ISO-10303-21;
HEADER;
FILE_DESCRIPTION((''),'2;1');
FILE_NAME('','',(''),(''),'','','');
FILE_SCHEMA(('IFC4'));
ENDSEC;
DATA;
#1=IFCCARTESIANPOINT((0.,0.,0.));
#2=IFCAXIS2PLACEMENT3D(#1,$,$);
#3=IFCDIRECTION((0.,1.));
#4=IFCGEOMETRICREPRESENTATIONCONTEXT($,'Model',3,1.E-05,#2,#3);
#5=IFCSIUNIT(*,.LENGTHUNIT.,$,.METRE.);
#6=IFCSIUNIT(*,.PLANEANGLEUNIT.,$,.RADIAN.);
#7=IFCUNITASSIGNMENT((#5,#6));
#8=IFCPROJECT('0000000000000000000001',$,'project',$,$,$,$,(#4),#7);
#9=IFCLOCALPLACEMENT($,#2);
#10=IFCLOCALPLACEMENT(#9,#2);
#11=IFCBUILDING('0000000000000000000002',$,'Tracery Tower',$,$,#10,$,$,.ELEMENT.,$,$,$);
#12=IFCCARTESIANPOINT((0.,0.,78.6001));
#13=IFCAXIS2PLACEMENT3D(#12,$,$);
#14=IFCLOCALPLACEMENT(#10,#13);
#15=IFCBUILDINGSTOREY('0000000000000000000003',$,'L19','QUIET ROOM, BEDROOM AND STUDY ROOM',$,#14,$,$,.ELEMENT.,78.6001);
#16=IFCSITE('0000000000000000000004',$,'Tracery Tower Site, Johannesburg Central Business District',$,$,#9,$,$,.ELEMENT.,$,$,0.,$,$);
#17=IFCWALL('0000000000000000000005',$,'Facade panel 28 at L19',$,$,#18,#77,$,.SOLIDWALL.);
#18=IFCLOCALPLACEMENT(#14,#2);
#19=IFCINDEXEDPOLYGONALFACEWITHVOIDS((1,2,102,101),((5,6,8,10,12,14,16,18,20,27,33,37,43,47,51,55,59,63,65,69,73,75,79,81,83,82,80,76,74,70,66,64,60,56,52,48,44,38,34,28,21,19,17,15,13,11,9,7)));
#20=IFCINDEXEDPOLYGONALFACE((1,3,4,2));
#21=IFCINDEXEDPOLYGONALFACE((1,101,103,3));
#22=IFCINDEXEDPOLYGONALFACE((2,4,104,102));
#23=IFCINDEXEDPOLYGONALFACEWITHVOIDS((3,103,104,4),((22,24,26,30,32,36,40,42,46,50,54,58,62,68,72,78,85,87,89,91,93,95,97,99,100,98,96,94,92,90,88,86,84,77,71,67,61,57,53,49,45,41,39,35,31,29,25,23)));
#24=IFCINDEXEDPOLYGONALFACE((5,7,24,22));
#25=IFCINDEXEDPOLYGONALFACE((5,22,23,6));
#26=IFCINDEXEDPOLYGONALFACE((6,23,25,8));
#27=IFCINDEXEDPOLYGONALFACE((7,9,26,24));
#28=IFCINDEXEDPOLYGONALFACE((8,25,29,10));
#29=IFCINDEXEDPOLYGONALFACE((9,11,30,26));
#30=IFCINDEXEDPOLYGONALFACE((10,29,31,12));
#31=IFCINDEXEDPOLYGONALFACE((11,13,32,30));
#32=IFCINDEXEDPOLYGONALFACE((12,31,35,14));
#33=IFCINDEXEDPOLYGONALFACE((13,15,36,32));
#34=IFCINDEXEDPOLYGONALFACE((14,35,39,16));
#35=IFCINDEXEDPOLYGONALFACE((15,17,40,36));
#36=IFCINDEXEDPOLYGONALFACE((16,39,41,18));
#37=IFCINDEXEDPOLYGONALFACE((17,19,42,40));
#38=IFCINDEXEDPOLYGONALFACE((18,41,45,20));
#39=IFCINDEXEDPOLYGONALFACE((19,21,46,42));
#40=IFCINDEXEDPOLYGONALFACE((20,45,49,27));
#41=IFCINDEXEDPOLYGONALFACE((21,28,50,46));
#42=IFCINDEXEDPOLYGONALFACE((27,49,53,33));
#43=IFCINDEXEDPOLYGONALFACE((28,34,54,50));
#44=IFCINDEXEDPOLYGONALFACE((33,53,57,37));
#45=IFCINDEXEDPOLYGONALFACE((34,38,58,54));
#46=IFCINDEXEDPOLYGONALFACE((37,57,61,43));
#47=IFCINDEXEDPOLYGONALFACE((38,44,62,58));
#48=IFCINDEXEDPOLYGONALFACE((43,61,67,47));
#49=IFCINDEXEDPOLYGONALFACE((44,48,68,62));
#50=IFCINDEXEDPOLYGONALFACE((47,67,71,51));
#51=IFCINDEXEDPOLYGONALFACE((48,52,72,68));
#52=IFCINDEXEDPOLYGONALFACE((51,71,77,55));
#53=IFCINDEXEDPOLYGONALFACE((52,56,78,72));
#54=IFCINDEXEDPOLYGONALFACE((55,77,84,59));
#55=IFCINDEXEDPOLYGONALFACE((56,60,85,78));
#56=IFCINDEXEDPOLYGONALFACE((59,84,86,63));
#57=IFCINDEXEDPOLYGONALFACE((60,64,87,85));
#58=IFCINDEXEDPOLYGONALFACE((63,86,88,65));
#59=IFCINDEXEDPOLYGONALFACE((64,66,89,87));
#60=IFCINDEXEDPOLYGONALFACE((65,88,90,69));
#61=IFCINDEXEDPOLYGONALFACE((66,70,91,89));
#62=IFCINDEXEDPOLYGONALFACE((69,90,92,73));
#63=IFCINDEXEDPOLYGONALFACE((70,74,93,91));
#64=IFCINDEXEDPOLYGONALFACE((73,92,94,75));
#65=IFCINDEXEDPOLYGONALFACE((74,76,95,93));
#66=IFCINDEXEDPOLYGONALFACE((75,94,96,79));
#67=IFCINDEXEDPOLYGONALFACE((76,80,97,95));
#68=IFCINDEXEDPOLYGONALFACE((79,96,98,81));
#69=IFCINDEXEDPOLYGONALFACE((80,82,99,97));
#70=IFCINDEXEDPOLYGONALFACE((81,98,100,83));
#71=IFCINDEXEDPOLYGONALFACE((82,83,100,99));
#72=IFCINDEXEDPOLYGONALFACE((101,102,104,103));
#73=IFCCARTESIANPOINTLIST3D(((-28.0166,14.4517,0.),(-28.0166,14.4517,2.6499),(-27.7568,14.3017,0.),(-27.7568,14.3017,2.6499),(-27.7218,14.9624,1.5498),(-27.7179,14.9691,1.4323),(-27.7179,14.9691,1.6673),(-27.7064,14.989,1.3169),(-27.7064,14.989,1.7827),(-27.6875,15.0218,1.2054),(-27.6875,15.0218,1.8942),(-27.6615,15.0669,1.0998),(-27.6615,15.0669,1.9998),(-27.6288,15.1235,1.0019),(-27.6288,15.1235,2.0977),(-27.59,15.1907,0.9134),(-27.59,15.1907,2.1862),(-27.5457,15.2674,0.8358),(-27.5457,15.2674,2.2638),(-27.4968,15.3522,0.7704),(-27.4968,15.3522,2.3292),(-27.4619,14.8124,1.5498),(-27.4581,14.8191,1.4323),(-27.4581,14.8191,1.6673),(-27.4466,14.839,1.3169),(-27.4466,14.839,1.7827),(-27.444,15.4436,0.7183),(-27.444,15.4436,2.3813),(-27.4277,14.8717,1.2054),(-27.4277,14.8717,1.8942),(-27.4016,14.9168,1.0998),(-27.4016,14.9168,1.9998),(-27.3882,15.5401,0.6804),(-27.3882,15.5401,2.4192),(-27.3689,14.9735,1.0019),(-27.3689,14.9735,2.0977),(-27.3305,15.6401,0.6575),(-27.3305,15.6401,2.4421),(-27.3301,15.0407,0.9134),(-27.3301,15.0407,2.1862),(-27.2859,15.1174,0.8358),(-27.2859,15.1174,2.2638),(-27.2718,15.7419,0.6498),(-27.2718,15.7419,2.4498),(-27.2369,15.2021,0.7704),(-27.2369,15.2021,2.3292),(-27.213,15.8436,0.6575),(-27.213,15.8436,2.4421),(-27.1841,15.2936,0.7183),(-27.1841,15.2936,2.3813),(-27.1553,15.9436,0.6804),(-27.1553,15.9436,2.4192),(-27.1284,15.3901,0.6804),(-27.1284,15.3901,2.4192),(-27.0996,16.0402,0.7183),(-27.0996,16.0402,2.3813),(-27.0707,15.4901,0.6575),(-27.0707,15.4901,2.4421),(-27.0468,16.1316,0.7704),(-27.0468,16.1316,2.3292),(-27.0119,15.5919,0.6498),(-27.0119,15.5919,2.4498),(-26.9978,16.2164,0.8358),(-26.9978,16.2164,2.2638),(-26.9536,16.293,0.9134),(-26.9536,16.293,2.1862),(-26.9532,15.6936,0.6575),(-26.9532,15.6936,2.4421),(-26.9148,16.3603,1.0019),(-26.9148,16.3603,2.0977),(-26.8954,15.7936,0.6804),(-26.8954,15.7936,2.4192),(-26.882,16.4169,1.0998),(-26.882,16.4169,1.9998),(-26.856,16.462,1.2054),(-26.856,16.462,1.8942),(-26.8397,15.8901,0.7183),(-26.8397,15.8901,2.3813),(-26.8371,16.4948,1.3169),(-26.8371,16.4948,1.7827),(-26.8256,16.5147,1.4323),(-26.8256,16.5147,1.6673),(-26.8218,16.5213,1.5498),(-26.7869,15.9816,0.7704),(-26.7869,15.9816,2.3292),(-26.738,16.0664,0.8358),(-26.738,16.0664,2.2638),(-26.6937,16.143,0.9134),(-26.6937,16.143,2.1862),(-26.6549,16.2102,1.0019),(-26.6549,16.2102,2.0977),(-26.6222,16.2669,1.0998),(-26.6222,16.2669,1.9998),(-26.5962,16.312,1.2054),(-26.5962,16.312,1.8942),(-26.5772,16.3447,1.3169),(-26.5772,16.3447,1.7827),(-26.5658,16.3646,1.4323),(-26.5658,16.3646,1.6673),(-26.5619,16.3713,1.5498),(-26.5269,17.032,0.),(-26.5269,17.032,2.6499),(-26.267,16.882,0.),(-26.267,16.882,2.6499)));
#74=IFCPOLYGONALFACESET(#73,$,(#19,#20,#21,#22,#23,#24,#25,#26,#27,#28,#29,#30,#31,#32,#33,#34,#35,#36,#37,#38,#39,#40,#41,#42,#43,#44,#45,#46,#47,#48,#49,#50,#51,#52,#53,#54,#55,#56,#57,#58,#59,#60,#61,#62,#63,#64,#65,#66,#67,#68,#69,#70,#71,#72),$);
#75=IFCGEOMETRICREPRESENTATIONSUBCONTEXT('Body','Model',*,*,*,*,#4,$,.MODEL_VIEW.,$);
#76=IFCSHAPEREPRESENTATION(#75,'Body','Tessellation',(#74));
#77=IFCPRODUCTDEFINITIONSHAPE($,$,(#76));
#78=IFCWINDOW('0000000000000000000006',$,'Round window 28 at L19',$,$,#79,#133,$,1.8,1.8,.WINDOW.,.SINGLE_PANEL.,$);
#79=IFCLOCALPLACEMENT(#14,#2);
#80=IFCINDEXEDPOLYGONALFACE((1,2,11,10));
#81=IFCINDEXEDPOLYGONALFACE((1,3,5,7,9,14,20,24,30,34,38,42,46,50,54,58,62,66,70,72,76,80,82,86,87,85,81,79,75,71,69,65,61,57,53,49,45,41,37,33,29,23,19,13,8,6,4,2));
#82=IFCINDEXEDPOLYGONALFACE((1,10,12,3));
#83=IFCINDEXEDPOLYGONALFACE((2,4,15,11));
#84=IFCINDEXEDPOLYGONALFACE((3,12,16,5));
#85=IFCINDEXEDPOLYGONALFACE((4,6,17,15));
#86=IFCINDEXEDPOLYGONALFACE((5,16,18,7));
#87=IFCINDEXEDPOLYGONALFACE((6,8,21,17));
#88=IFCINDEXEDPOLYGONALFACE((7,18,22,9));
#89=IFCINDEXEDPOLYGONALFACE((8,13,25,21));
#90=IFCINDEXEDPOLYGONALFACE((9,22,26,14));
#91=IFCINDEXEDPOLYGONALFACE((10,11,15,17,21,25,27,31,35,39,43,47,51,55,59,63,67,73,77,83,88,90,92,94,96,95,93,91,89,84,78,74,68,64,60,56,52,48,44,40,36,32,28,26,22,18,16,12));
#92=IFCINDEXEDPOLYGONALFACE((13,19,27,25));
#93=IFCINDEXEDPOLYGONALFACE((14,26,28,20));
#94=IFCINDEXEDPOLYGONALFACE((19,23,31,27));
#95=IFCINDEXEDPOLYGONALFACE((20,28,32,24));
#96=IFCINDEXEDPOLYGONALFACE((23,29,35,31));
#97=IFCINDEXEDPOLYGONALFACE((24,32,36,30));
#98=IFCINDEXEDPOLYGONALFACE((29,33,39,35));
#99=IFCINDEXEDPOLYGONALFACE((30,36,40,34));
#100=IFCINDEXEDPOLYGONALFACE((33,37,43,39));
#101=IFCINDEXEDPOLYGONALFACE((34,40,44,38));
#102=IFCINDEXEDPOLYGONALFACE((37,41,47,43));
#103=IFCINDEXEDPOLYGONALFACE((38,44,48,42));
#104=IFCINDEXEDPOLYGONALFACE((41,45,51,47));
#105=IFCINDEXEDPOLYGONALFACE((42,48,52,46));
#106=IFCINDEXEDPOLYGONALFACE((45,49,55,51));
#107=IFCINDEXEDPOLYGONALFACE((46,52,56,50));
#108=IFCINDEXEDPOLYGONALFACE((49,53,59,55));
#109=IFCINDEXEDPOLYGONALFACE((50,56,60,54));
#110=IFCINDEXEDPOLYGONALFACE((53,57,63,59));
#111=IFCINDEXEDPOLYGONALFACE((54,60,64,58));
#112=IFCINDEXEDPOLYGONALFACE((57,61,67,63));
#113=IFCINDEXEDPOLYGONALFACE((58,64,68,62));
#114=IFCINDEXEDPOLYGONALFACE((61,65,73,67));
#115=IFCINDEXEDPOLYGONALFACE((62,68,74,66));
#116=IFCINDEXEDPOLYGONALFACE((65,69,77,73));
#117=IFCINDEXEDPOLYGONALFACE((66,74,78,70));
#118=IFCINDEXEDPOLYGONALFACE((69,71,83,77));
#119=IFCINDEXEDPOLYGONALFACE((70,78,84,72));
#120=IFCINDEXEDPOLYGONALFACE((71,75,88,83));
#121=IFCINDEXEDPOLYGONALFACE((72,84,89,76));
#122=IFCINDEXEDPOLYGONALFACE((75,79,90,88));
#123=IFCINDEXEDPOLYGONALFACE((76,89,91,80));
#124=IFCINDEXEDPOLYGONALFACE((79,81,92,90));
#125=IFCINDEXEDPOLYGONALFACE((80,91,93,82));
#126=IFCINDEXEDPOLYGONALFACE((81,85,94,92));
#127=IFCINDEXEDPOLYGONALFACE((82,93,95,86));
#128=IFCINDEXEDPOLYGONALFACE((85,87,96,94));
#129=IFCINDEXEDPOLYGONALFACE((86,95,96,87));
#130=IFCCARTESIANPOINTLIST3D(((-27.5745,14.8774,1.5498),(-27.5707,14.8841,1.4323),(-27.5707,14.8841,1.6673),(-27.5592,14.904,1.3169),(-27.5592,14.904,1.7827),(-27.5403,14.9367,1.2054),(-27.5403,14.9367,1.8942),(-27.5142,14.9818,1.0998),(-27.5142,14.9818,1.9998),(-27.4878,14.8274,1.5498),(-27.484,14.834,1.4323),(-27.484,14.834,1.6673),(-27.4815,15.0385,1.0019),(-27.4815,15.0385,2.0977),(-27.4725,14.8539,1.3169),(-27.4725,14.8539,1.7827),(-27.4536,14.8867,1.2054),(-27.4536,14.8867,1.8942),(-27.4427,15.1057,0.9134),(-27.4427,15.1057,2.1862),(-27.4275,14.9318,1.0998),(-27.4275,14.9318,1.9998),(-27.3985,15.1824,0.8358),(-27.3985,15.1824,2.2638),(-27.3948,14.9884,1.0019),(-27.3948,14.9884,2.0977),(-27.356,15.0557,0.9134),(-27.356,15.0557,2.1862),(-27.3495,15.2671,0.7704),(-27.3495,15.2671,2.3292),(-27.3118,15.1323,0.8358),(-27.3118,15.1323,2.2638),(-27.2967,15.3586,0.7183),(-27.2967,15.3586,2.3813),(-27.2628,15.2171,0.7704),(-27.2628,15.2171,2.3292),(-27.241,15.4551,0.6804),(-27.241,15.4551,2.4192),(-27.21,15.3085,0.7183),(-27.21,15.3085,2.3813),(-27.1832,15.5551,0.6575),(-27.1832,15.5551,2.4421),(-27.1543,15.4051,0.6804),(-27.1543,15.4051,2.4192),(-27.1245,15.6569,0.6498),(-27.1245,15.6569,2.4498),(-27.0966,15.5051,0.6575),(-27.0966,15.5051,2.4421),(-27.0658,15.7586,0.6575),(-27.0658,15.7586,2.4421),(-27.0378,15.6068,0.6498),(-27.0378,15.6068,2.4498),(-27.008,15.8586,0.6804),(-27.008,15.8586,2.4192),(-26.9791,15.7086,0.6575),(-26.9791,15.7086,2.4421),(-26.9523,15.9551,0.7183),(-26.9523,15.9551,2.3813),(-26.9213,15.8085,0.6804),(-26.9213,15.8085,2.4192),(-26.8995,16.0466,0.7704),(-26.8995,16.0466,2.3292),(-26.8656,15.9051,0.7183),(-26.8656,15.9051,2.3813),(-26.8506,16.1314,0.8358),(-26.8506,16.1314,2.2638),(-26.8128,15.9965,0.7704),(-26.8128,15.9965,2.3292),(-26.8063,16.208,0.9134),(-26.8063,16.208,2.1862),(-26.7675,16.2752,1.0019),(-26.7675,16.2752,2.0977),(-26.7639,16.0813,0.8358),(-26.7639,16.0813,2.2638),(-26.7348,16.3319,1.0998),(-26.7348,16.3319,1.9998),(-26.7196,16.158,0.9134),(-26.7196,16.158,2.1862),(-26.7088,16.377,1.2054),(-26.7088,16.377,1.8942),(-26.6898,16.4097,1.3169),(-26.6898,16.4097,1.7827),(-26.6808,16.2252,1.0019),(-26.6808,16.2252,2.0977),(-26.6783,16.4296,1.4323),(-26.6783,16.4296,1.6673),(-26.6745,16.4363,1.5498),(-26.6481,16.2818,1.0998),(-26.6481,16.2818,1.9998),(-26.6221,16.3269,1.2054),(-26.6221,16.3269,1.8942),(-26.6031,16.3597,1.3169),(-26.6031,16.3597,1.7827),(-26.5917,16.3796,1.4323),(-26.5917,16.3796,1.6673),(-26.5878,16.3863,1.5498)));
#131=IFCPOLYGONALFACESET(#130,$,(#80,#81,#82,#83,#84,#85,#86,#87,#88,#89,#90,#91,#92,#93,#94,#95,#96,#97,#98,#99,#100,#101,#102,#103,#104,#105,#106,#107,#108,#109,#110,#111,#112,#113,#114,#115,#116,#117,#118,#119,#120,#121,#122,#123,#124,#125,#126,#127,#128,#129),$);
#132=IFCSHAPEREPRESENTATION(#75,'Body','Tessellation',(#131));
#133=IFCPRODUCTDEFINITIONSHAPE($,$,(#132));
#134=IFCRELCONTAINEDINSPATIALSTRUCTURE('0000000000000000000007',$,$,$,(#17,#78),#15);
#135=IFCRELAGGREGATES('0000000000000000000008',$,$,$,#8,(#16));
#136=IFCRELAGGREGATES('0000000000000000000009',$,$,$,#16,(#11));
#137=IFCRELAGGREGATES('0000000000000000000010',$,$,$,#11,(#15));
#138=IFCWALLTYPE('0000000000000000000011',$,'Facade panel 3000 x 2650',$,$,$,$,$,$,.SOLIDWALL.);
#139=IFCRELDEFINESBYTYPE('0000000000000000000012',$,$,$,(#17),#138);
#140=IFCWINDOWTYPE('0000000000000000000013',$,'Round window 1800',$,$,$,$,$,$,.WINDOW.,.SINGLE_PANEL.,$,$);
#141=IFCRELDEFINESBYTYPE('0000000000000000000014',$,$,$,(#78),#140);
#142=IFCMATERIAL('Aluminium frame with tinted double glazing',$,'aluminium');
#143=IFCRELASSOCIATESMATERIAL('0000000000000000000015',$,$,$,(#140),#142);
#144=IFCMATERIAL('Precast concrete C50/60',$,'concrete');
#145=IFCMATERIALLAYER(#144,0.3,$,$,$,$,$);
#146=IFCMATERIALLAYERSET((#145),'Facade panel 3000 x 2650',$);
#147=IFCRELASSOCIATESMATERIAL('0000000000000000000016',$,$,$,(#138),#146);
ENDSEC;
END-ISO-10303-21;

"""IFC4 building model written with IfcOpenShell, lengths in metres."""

from ifc_helpers import new_model, si_unit, direction, frame, frame_2d, origin, origin_2d, place, context, subcontext, project, spatial, rectangle, circle, extrude, material, layer, layer_set, type_object, element, fill, save


model = new_model("IFC4")

# Units and contexts
model_context = context("Model", 3, precision=1e-05, world=origin(), true_north=direction((0.0, 1.0)))
body_context = subcontext(model_context, "Body", "Model", "MODEL_VIEW")
ifc_project = project(units=[si_unit("LENGTHUNIT", "METRE"), si_unit("PLANEANGLEUNIT", "RADIAN")], contexts=[model_context])

# Site, building, storey
site_placement = place(None, origin())
site = spatial("IfcSite", under=ifc_project, at=site_placement, Name="Tracery Tower Site, Johannesburg Central Business District", CompositionType="ELEMENT", RefElevation=0.0)
building_placement = place(site_placement, origin())
building = spatial("IfcBuilding", under=site, at=building_placement, Name="Tracery Tower", CompositionType="ELEMENT")
storey_placement = place(building_placement, frame((0.0, 0.0, 78.6001)))
storey = spatial("IfcBuildingStorey", under=building, at=storey_placement, Name="L19", Description="QUIET ROOM, BEDROOM AND STUDY ROOM", CompositionType="ELEMENT", Elevation=78.6001)

# Wall, opening, window
ifc_material_1 = material(Name="Aluminium frame with tinted double glazing", Category="aluminium")
window_type = type_object("IfcWindowType", Name="Round window 1800", PartitioningType="SINGLE_PANEL", PredefinedType="WINDOW", material=ifc_material_1)
ifc_material_2 = material(Name="Precast concrete C50/60", Category="concrete")
ifc_layer_1 = layer(ifc_material_2, 0.3)
ifc_layer_set_1 = layer_set([ifc_layer_1], Name="Facade panel 3000 x 2650")
wall_type_1 = type_object("IfcWallType", Name="Facade panel 3000 x 2650", PredefinedType="SOLIDWALL", material=ifc_layer_set_1)
wall_1_placement = place(storey_placement, frame((-26.397, 16.957, 0.0), z_axis=(0.0, 0.0, 1.0), x_axis=(-0.499999, -0.866026, 0.0)))
wall_1 = element("IfcWall", 1, at=wall_1_placement, inside=storey, type_object=wall_type_1, Name="Facade panel 28 at L19", PredefinedType="SOLIDWALL", context=body_context, shape_type="SweptSolid", body=[
    extrude(rectangle(XDim=2.9795, YDim=0.3, at=frame_2d((1.4897, 0.0))), origin(), (0.0, 0.0, 1.0), 2.6499),
])
opening_1_placement = place(wall_1_placement, frame((1.4897, 0.0, 1.5498)))
opening_1 = element("IfcOpeningElement", 2, at=opening_1_placement, cuts=wall_1, PredefinedType="OPENING", context=body_context, shape_type="SweptSolid", body=[
    extrude(circle(Radius=0.9, at=origin_2d()), frame((0.0, 0.1599, 0.0), z_axis=(0.0, -1.0, 0.0), x_axis=(1.0, 0.0, 0.0)), (0.0, 0.0, 1.0), 0.3201),
])
window_1_placement = place(opening_1_placement, origin())
window_1 = element("IfcWindow", 3, at=window_1_placement, inside=storey, type_object=window_type, Name="Round window 28 at L19", OverallHeight=1.8, OverallWidth=1.8, PartitioningType="SINGLE_PANEL", PredefinedType="WINDOW", context=body_context, shape_type="SweptSolid", body=[
    extrude(circle(Radius=0.9, at=origin_2d()), frame((0.0, 0.1201, 0.0), z_axis=(0.0, -1.0, 0.0), x_axis=(1.0, 0.0, 0.0)), (0.0, 0.0, 1.0), 0.1001),
])
fill(opening_1, window_1)

save(model, "model.ifc")
